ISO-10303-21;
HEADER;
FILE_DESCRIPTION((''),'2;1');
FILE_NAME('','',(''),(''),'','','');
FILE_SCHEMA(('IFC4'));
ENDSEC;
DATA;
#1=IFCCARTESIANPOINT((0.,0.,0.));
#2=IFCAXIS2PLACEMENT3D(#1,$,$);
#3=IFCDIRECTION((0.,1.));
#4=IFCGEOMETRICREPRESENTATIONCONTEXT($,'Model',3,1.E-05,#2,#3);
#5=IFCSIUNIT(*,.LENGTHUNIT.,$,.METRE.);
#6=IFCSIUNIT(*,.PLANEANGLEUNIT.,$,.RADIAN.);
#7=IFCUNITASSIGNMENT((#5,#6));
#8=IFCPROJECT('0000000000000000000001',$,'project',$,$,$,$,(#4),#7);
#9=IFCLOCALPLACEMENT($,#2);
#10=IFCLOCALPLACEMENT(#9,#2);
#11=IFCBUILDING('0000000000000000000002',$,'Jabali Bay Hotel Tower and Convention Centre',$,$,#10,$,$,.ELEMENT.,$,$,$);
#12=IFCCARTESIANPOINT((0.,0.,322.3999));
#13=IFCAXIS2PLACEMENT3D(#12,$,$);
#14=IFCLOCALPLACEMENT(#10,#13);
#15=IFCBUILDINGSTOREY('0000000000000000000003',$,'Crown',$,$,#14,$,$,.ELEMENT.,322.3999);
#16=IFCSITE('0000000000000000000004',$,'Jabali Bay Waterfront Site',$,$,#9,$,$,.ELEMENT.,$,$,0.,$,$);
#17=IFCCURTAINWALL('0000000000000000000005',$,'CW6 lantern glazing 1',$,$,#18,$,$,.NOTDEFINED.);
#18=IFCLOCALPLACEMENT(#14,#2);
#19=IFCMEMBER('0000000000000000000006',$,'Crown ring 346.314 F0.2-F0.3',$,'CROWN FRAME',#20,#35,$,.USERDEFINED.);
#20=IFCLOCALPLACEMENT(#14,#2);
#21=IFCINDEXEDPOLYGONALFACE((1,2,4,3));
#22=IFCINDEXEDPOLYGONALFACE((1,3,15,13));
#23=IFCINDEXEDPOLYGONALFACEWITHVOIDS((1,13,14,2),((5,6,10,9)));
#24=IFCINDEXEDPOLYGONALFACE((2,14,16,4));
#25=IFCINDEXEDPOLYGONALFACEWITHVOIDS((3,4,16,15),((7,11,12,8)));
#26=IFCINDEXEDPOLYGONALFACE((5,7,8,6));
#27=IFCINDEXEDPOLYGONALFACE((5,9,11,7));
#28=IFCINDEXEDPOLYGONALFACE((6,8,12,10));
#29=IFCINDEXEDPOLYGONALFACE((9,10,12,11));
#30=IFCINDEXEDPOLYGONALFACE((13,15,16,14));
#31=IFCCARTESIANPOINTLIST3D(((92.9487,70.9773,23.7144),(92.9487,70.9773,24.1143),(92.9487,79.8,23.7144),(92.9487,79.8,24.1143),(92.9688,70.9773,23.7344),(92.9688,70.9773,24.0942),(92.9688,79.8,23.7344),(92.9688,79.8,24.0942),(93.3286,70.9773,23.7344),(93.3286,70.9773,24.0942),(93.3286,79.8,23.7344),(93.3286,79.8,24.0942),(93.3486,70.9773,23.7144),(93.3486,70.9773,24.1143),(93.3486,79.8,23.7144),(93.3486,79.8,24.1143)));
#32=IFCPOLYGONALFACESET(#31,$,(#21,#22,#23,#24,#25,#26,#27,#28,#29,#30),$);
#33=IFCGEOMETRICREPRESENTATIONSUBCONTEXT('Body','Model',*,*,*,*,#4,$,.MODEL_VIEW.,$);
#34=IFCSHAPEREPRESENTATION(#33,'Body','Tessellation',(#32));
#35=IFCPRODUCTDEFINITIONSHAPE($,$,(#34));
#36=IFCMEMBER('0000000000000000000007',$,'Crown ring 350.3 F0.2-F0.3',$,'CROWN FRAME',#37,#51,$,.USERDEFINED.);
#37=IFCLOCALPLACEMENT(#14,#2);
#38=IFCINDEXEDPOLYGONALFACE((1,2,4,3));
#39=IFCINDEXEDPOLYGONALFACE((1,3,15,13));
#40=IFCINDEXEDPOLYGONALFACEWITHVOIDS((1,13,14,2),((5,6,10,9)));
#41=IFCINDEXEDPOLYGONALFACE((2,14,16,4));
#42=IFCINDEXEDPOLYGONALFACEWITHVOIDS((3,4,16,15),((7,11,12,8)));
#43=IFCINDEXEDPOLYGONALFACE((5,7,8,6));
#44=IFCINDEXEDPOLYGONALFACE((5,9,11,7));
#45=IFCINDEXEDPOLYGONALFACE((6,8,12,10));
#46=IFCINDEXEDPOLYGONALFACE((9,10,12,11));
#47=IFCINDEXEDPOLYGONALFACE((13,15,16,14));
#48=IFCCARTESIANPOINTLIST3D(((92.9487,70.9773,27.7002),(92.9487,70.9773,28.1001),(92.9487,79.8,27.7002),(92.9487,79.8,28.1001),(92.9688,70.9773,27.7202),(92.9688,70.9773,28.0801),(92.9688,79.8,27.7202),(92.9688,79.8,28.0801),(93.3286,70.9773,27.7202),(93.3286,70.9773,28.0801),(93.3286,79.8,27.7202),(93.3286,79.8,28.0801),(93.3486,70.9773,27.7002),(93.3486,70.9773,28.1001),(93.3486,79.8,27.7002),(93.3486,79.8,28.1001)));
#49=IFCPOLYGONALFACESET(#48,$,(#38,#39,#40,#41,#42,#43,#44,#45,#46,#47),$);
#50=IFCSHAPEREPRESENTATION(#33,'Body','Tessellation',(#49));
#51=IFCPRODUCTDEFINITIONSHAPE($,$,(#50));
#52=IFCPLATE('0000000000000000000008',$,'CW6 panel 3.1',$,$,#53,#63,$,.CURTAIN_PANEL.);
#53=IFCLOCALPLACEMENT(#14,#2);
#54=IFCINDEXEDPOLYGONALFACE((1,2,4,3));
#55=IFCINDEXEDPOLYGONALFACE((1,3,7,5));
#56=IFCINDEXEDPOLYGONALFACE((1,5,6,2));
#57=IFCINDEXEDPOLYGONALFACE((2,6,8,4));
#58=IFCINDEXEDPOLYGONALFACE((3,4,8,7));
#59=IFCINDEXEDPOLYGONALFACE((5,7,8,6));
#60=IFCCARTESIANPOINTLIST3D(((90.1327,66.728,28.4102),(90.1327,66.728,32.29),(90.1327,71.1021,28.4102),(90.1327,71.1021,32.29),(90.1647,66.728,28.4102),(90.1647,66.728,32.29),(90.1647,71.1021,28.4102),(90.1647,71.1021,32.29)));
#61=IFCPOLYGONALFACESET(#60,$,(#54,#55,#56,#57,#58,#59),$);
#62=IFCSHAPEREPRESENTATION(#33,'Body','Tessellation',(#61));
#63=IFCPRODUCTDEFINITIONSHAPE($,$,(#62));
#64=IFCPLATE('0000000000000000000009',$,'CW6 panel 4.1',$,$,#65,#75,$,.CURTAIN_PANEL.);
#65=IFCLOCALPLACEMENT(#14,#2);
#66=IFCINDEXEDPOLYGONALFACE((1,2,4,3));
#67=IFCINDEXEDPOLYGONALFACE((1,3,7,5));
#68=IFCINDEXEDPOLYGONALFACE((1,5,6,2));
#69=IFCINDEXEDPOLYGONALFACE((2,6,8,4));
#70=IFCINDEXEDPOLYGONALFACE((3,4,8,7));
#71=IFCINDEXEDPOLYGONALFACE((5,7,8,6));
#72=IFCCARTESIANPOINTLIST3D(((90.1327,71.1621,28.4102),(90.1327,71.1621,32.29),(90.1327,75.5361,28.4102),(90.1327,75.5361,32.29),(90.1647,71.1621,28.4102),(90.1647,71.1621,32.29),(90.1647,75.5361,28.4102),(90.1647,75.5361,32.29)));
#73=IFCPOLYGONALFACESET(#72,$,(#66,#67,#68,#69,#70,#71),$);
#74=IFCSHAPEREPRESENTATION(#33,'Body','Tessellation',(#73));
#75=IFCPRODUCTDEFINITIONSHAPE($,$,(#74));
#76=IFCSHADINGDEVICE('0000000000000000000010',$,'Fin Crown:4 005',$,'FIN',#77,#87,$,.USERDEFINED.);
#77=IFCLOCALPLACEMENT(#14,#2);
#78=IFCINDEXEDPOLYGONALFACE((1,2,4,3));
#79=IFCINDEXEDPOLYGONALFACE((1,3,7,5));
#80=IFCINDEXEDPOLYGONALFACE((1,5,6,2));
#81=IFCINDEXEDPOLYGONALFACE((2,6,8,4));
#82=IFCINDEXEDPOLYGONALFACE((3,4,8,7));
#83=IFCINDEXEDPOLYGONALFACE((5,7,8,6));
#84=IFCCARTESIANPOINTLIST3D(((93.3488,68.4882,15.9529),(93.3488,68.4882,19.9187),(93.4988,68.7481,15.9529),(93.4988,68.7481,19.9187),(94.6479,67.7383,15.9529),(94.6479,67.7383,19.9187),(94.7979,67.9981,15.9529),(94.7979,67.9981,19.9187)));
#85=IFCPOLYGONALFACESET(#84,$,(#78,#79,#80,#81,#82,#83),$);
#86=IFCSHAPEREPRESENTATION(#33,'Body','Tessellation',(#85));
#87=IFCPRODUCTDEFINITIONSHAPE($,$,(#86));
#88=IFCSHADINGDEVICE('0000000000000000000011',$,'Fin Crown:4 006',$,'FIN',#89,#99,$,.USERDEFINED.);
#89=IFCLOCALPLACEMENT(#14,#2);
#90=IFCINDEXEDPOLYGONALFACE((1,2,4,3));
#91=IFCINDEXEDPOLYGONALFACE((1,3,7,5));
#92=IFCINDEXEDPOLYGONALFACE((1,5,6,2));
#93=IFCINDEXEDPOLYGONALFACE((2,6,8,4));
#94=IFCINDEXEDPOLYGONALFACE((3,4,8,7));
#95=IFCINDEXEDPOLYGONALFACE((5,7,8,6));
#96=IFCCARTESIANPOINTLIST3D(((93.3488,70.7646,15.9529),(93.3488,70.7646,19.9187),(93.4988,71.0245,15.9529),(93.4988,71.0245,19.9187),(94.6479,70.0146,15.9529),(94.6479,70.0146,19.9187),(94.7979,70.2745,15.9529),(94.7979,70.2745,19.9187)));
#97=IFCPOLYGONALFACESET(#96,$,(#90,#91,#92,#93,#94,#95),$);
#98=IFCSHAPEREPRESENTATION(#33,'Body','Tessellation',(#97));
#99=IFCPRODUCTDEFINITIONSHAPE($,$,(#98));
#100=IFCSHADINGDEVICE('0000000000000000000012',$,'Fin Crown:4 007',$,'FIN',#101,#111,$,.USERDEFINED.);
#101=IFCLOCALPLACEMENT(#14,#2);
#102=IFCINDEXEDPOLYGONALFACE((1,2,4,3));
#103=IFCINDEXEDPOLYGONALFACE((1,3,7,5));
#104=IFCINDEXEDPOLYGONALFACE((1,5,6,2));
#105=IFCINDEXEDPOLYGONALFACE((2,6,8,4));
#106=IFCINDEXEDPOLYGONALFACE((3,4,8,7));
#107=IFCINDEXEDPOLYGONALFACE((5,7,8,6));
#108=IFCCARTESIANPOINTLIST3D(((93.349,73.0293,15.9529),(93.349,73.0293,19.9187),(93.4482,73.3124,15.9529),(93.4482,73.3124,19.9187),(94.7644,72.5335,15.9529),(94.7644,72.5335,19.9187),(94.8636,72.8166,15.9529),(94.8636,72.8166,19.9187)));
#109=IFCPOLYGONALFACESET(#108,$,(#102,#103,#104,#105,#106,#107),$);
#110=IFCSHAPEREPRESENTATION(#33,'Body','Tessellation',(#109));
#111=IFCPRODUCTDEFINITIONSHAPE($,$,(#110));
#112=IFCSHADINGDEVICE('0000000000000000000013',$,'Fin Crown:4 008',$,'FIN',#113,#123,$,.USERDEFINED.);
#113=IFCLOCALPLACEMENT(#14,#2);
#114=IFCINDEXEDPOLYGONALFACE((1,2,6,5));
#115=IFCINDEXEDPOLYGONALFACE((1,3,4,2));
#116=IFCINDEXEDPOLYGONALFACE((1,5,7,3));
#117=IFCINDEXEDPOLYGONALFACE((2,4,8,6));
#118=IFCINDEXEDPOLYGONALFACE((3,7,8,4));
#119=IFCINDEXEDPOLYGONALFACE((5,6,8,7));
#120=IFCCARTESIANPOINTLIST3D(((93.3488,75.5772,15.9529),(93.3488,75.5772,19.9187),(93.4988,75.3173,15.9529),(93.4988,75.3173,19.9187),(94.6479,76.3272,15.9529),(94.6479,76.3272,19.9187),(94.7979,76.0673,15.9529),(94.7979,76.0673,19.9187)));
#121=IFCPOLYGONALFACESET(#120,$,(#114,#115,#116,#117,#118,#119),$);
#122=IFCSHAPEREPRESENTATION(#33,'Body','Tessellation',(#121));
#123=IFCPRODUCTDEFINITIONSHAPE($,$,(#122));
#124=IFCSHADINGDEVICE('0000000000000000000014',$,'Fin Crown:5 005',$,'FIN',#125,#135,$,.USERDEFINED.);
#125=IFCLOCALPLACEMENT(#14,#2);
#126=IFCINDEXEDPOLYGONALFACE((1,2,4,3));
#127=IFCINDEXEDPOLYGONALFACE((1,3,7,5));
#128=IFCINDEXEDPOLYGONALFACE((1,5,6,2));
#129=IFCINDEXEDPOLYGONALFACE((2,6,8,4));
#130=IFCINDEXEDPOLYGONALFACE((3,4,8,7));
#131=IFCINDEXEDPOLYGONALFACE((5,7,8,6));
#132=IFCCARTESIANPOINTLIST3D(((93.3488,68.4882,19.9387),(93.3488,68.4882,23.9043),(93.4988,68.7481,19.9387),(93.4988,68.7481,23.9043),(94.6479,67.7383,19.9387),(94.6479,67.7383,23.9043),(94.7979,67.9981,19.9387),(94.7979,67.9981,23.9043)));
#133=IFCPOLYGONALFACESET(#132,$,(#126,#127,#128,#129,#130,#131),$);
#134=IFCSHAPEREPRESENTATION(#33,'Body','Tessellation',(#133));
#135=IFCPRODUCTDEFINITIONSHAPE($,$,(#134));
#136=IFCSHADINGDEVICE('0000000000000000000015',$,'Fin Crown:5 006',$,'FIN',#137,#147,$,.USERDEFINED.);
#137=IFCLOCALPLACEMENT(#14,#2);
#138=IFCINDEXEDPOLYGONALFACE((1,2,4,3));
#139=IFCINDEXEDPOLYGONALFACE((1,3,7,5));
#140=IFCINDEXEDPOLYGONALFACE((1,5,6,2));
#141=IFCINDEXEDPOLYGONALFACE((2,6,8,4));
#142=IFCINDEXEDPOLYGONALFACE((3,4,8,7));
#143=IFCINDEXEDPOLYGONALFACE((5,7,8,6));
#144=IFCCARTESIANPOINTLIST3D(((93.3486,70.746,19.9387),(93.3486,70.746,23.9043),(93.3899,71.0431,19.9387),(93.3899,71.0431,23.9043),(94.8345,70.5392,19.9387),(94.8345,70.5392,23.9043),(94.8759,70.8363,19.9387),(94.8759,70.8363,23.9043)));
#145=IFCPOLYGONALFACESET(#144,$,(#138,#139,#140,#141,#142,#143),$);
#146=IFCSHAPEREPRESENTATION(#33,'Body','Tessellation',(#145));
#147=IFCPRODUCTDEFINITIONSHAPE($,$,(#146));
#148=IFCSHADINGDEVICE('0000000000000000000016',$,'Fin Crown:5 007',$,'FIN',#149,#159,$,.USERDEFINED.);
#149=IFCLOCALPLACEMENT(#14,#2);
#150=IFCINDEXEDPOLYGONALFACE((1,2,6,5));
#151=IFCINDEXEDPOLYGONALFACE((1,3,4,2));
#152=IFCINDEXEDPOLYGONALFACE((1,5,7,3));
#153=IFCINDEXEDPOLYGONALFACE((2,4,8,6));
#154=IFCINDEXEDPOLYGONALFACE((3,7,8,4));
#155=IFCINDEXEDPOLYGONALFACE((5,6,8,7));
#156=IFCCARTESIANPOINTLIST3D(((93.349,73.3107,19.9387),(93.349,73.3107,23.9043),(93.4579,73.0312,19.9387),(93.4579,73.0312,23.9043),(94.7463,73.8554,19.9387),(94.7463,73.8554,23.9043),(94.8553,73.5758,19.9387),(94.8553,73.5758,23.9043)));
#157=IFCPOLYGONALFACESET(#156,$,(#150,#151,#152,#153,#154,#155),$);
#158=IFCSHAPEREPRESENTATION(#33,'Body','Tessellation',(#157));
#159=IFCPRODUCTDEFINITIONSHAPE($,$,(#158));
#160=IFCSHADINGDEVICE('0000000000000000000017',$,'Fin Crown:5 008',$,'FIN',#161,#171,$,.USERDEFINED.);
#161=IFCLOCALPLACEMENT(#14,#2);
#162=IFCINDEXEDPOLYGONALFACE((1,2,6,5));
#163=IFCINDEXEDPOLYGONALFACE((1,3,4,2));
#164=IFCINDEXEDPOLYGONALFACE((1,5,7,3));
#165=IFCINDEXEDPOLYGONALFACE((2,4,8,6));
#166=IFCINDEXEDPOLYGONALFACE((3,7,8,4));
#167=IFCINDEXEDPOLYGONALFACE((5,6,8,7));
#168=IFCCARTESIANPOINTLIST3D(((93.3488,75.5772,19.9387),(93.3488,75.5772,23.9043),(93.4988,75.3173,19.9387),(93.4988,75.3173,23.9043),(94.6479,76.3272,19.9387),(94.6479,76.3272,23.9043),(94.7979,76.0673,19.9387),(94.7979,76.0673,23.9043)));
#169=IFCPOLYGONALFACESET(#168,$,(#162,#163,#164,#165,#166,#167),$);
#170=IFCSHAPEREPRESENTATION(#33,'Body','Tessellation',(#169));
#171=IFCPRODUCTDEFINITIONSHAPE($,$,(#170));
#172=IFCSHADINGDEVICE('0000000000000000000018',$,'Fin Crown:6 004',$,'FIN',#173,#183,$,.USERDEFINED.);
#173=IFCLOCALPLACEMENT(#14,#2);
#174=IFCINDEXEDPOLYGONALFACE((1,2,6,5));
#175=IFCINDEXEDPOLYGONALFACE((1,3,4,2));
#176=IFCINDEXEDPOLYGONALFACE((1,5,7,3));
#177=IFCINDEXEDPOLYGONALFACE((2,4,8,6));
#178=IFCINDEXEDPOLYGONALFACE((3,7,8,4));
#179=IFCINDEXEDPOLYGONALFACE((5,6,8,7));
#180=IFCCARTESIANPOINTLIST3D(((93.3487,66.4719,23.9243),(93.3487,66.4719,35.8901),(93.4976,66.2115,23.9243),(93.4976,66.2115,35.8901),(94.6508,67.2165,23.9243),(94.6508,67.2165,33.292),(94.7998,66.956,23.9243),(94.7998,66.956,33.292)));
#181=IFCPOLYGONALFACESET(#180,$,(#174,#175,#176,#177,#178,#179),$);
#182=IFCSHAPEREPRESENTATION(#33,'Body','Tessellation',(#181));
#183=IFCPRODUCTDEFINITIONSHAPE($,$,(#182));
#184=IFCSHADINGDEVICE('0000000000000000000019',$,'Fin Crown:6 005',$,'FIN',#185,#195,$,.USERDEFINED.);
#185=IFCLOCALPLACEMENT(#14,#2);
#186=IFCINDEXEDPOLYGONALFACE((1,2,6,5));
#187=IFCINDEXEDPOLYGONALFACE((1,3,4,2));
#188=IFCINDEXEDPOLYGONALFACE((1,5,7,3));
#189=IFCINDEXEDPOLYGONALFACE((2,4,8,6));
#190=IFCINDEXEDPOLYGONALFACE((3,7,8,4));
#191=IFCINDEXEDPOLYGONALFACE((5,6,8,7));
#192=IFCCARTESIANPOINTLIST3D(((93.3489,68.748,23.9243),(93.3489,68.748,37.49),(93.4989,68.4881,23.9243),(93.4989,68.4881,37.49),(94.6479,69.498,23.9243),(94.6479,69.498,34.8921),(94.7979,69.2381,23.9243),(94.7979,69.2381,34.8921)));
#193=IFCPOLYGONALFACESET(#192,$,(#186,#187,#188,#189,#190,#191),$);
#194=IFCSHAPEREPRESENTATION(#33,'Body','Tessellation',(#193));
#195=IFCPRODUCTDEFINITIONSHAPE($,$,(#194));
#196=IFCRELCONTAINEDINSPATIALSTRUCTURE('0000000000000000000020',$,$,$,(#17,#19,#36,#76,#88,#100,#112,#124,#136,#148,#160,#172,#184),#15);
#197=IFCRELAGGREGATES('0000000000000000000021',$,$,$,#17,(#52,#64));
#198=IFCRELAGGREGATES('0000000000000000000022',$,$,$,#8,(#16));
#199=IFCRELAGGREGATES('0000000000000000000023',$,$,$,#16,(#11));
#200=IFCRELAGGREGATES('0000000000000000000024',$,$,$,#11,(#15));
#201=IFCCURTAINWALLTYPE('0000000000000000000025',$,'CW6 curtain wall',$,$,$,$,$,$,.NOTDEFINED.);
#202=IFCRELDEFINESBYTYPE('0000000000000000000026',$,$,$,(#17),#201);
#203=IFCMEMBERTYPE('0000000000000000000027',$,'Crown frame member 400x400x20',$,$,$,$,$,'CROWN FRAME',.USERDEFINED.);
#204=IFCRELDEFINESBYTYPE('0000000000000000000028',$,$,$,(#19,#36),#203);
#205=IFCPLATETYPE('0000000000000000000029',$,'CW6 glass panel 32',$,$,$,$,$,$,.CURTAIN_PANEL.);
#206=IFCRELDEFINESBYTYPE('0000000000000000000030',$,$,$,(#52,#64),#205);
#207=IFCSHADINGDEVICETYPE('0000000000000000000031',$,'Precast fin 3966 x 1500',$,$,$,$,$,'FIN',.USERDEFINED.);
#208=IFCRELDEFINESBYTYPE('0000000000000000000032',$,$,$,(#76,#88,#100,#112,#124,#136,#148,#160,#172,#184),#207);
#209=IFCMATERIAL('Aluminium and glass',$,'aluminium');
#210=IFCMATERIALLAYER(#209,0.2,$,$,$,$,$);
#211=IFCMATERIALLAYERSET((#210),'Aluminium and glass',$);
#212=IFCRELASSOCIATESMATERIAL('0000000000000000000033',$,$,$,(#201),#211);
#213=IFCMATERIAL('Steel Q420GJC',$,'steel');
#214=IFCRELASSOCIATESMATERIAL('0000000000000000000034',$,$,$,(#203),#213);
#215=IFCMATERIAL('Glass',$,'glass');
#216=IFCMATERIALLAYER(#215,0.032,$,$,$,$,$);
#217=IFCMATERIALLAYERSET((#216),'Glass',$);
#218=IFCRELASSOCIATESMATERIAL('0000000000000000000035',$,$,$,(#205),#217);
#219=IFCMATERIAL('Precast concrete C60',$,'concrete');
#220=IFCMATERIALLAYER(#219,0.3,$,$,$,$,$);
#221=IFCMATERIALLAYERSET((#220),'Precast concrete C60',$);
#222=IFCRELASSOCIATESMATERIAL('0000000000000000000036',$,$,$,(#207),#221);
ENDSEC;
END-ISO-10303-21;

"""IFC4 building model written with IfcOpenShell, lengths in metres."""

from ifc_helpers import new_model, si_unit, direction, frame, frame_2d, origin, origin_2d, place, context, subcontext, project, spatial, polyline, rectangle, hollow_rectangle, outline, extrude, material, layer, layer_set, material_profile, profile_set, type_object, element, aggregate, save


model = new_model("IFC4")

# Units and contexts
model_context = context("Model", 3, precision=1e-05, world=origin(), true_north=direction((0.0, 1.0)))
body_context = subcontext(model_context, "Body", "Model", "MODEL_VIEW")
ifc_project = project(units=[si_unit("LENGTHUNIT", "METRE"), si_unit("PLANEANGLEUNIT", "RADIAN")], contexts=[model_context])

# Site, building, storey
site_placement = place(None, origin())
site = spatial("IfcSite", under=ifc_project, at=site_placement, Name="Jabali Bay Waterfront Site", CompositionType="ELEMENT", RefElevation=0.0)
building_placement = place(site_placement, origin())
building = spatial("IfcBuilding", under=site, at=building_placement, Name="Jabali Bay Hotel Tower and Convention Centre", CompositionType="ELEMENT")
storey_placement = place(building_placement, frame((0.0, 0.0, 322.3999)))
storey = spatial("IfcBuildingStorey", under=building, at=storey_placement, Name="Crown", CompositionType="ELEMENT", Elevation=322.3999)

# Curtain wall
ifc_material_1 = material(Name="Aluminium and glass", Category="aluminium")
ifc_layer_1 = layer(ifc_material_1, 0.2)
ifc_layer_set_1 = layer_set([ifc_layer_1], Name="Aluminium and glass")
curtain_wall_type = type_object("IfcCurtainWallType", Name="CW6 curtain wall", PredefinedType="NOTDEFINED", material=ifc_layer_set_1)
curtain_wall_placement = place(storey_placement, origin())
curtain_wall = element("IfcCurtainWall", 1, at=curtain_wall_placement, inside=storey, type_object=curtain_wall_type, Name="CW6 lantern glazing 1", PredefinedType="NOTDEFINED")

# Members
ifc_material_2 = material(Name="Steel Q420GJC", Category="steel")
ifc_material_profile_1 = material_profile(ifc_material_2, hollow_rectangle(XDim=0.3999, YDim=0.3999, WallThickness=0.02, at=origin_2d()), Name="Crown frame member 400x400x20")
ifc_profile_set_1 = profile_set([ifc_material_profile_1], Name="Steel Q420GJC")
member_type_1 = type_object("IfcMemberType", Name="Crown frame member 400x400x20", ElementType="CROWN FRAME", PredefinedType="USERDEFINED", material=ifc_profile_set_1)
for number, where, z_axis, x_axis, name in (
    (2, (93.1487, 70.9773, 23.9143), (0.0, 1.0, 0.0), (-1.0, 0.0, 0.0), "Crown ring 346.314 F0.2-F0.3"),
    (3, (93.1487, 70.9773, 27.9001), (0.0, 1.0, 0.0), (-1.0, 0.0, 0.0), "Crown ring 350.3 F0.2-F0.3"),
):
    element("IfcMember", number, at=place(storey_placement, frame(where, z_axis=z_axis, x_axis=x_axis)), inside=storey, type_object=member_type_1, Name=name, ObjectType="CROWN FRAME", PredefinedType="USERDEFINED", context=body_context, shape_type="SweptSolid", body=[
        extrude(hollow_rectangle(XDim=0.3999, YDim=0.3999, WallThickness=0.02, at=origin_2d()), origin(), (0.0, 0.0, 1.0), 8.8228),
    ])

# Plates
ifc_material_3 = material(Name="Glass", Category="glass")
ifc_layer_2 = layer(ifc_material_3, 0.032)
ifc_layer_set_2 = layer_set([ifc_layer_2], Name="Glass")
plate_type = type_object("IfcPlateType", Name="CW6 glass panel 32", PredefinedType="CURTAIN_PANEL", material=ifc_layer_set_2)
plate_1_placement = place(storey_placement, frame((90.1487, 68.915, 28.4102), z_axis=(0.0, 0.0, 1.0), x_axis=(0.0, 1.0, 0.0)))
plate_1 = element("IfcPlate", 4, at=plate_1_placement, type_object=plate_type, Name="CW6 panel 3.1", PredefinedType="CURTAIN_PANEL", context=body_context, shape_type="SweptSolid", body=[
    extrude(rectangle(XDim=4.374, YDim=0.032, at=origin_2d()), origin(), (0.0, 0.0, 1.0), 3.8799),
])
plate_2_placement = place(storey_placement, frame((90.1487, 73.3491, 28.4102), z_axis=(0.0, 0.0, 1.0), x_axis=(0.0, 1.0, 0.0)))
plate_2 = element("IfcPlate", 5, at=plate_2_placement, type_object=plate_type, Name="CW6 panel 4.1", PredefinedType="CURTAIN_PANEL", context=body_context, shape_type="SweptSolid", body=[
    extrude(rectangle(XDim=4.374, YDim=0.032, at=origin_2d()), origin(), (0.0, 0.0, 1.0), 3.8799),
])
aggregate(curtain_wall, [plate_1, plate_2])

# Shading devices
ifc_material_4 = material(Name="Precast concrete C60", Category="concrete")
ifc_layer_3 = layer(ifc_material_4, 0.3)
ifc_layer_set_3 = layer_set([ifc_layer_3], Name="Precast concrete C60")
shading_device_type = type_object("IfcShadingDeviceType", Name="Precast fin 3966 x 1500", ElementType="FIN", PredefinedType="USERDEFINED", material=ifc_layer_set_3)
for number, where, z_axis, x_axis, name in (
    (6, (93.4238, 68.6182, 15.9529), (0.0, 0.0, 1.0), (0.866031, -0.49999, 0.0), "Fin Crown:4 005"),
    (7, (93.4238, 70.8945, 15.9529), (0.0, 0.0, 1.0), (0.866031, -0.49999, 0.0), "Fin Crown:4 006"),
):
    element("IfcShadingDevice", number, at=place(storey_placement, frame(where, z_axis=z_axis, x_axis=x_axis)), inside=storey, type_object=shading_device_type, Name=name, ObjectType="FIN", PredefinedType="USERDEFINED", context=body_context, shape_type="SweptSolid", body=[
        extrude(rectangle(XDim=1.5, YDim=0.3, at=frame_2d((0.75, 0.0))), origin(), (0.0, 0.0, 1.0), 3.9658),
    ])
shading_device_1_placement = place(storey_placement, frame((93.3984, 73.1709, 15.9529), z_axis=(0.0, 0.0, 1.0), x_axis=(0.943772, -0.330597, 0.0)))
element("IfcShadingDevice", 8, at=shading_device_1_placement, inside=storey, type_object=shading_device_type, Name="Fin Crown:4 007", ObjectType="FIN", PredefinedType="USERDEFINED", context=body_context, shape_type="SweptSolid", body=[
    extrude(rectangle(XDim=1.4998, YDim=0.3, at=frame_2d((0.75, 0.0))), origin(), (0.0, 0.0, 1.0), 3.9658),
])
shading_device_2_placement = place(storey_placement, frame((93.4238, 75.4473, 15.9529), z_axis=(0.0, 0.0, 1.0), x_axis=(0.866031, 0.49999, 0.0)))
element("IfcShadingDevice", 9, at=shading_device_2_placement, inside=storey, type_object=shading_device_type, Name="Fin Crown:4 008", ObjectType="FIN", PredefinedType="USERDEFINED", context=body_context, shape_type="SweptSolid", body=[
    extrude(rectangle(XDim=1.5, YDim=0.3, at=frame_2d((0.75, 0.0))), origin(), (0.0, 0.0, 1.0), 3.9658),
])
shading_device_3_placement = place(storey_placement, frame((93.4238, 68.6182, 19.9387), z_axis=(0.0, 0.0, 1.0), x_axis=(0.866031, -0.49999, 0.0)))
element("IfcShadingDevice", 10, at=shading_device_3_placement, inside=storey, type_object=shading_device_type, Name="Fin Crown:5 005", ObjectType="FIN", PredefinedType="USERDEFINED", context=body_context, shape_type="SweptSolid", body=[
    extrude(rectangle(XDim=1.5, YDim=0.3, at=frame_2d((0.75, 0.0))), origin(), (0.0, 0.0, 1.0), 3.9656),
])
shading_device_4_placement = place(storey_placement, frame((93.3694, 70.8945, 19.9387), z_axis=(0.0, 0.0, 1.0), x_axis=(0.990454, -0.137843, 0.0)))
element("IfcShadingDevice", 11, at=shading_device_4_placement, inside=storey, type_object=shading_device_type, Name="Fin Crown:5 006", ObjectType="FIN", PredefinedType="USERDEFINED", context=body_context, shape_type="SweptSolid", body=[
    extrude(rectangle(XDim=1.5002, YDim=0.3, at=frame_2d((0.75, 0.0))), origin(), (0.0, 0.0, 1.0), 3.9656),
])
shading_device_5_placement = place(storey_placement, frame((93.4033, 73.1709, 19.9387), z_axis=(0.0, 0.0, 1.0), x_axis=(0.931729, 0.363153, 0.0)))
element("IfcShadingDevice", 12, at=shading_device_5_placement, inside=storey, type_object=shading_device_type, Name="Fin Crown:5 007", ObjectType="FIN", PredefinedType="USERDEFINED", context=body_context, shape_type="SweptSolid", body=[
    extrude(rectangle(XDim=1.4998, YDim=0.3, at=frame_2d((0.75, 0.0))), origin(), (0.0, 0.0, 1.0), 3.9656),
])
shading_device_6_placement = place(storey_placement, frame((93.4238, 75.4473, 19.9387), z_axis=(0.0, 0.0, 1.0), x_axis=(0.866031, 0.49999, 0.0)))
element("IfcShadingDevice", 13, at=shading_device_6_placement, inside=storey, type_object=shading_device_type, Name="Fin Crown:5 008", ObjectType="FIN", PredefinedType="USERDEFINED", context=body_context, shape_type="SweptSolid", body=[
    extrude(rectangle(XDim=1.5, YDim=0.3, at=frame_2d((0.75, 0.0))), origin(), (0.0, 0.0, 1.0), 3.9656),
])
shading_device_7_placement = place(storey_placement, frame((93.4231, 66.3418, 23.9243), z_axis=(0.0, 0.0, 1.0), x_axis=(0.868103, 0.496384, 0.0)))
element("IfcShadingDevice", 14, at=shading_device_7_placement, inside=storey, type_object=shading_device_type, Name="Fin Crown:6 004", ObjectType="FIN", PredefinedType="USERDEFINED", context=body_context, shape_type="SweptSolid", body=[
    extrude(outline(polyline([(0.0, 0.0), (1.5, 0.0), (1.5, 9.3677), (0.0, 11.9658), (0.0, 0.0)])), frame((0.0, 0.1499, 0.0), z_axis=(0.0, -1.0, 0.0), x_axis=(1.0, 0.0, 0.0)), (0.0, 0.0, 1.0), 0.3),
])
shading_device_8_placement = place(storey_placement, frame((93.4238, 68.6182, 23.9243), z_axis=(0.0, 0.0, 1.0), x_axis=(0.866031, 0.49999, 0.0)))
element("IfcShadingDevice", 15, at=shading_device_8_placement, inside=storey, type_object=shading_device_type, Name="Fin Crown:6 005", ObjectType="FIN", PredefinedType="USERDEFINED", context=body_context, shape_type="SweptSolid", body=[
    extrude(outline(polyline([(0.0, 0.0), (1.5, 0.0), (1.5, 10.9678), (0.0, 13.5657), (0.0, 0.0)])), frame((0.0, 0.1499, 0.0), z_axis=(0.0, -1.0, 0.0), x_axis=(1.0, 0.0, 0.0)), (0.0, 0.0, 1.0), 0.3),
])

save(model, "model.ifc")
